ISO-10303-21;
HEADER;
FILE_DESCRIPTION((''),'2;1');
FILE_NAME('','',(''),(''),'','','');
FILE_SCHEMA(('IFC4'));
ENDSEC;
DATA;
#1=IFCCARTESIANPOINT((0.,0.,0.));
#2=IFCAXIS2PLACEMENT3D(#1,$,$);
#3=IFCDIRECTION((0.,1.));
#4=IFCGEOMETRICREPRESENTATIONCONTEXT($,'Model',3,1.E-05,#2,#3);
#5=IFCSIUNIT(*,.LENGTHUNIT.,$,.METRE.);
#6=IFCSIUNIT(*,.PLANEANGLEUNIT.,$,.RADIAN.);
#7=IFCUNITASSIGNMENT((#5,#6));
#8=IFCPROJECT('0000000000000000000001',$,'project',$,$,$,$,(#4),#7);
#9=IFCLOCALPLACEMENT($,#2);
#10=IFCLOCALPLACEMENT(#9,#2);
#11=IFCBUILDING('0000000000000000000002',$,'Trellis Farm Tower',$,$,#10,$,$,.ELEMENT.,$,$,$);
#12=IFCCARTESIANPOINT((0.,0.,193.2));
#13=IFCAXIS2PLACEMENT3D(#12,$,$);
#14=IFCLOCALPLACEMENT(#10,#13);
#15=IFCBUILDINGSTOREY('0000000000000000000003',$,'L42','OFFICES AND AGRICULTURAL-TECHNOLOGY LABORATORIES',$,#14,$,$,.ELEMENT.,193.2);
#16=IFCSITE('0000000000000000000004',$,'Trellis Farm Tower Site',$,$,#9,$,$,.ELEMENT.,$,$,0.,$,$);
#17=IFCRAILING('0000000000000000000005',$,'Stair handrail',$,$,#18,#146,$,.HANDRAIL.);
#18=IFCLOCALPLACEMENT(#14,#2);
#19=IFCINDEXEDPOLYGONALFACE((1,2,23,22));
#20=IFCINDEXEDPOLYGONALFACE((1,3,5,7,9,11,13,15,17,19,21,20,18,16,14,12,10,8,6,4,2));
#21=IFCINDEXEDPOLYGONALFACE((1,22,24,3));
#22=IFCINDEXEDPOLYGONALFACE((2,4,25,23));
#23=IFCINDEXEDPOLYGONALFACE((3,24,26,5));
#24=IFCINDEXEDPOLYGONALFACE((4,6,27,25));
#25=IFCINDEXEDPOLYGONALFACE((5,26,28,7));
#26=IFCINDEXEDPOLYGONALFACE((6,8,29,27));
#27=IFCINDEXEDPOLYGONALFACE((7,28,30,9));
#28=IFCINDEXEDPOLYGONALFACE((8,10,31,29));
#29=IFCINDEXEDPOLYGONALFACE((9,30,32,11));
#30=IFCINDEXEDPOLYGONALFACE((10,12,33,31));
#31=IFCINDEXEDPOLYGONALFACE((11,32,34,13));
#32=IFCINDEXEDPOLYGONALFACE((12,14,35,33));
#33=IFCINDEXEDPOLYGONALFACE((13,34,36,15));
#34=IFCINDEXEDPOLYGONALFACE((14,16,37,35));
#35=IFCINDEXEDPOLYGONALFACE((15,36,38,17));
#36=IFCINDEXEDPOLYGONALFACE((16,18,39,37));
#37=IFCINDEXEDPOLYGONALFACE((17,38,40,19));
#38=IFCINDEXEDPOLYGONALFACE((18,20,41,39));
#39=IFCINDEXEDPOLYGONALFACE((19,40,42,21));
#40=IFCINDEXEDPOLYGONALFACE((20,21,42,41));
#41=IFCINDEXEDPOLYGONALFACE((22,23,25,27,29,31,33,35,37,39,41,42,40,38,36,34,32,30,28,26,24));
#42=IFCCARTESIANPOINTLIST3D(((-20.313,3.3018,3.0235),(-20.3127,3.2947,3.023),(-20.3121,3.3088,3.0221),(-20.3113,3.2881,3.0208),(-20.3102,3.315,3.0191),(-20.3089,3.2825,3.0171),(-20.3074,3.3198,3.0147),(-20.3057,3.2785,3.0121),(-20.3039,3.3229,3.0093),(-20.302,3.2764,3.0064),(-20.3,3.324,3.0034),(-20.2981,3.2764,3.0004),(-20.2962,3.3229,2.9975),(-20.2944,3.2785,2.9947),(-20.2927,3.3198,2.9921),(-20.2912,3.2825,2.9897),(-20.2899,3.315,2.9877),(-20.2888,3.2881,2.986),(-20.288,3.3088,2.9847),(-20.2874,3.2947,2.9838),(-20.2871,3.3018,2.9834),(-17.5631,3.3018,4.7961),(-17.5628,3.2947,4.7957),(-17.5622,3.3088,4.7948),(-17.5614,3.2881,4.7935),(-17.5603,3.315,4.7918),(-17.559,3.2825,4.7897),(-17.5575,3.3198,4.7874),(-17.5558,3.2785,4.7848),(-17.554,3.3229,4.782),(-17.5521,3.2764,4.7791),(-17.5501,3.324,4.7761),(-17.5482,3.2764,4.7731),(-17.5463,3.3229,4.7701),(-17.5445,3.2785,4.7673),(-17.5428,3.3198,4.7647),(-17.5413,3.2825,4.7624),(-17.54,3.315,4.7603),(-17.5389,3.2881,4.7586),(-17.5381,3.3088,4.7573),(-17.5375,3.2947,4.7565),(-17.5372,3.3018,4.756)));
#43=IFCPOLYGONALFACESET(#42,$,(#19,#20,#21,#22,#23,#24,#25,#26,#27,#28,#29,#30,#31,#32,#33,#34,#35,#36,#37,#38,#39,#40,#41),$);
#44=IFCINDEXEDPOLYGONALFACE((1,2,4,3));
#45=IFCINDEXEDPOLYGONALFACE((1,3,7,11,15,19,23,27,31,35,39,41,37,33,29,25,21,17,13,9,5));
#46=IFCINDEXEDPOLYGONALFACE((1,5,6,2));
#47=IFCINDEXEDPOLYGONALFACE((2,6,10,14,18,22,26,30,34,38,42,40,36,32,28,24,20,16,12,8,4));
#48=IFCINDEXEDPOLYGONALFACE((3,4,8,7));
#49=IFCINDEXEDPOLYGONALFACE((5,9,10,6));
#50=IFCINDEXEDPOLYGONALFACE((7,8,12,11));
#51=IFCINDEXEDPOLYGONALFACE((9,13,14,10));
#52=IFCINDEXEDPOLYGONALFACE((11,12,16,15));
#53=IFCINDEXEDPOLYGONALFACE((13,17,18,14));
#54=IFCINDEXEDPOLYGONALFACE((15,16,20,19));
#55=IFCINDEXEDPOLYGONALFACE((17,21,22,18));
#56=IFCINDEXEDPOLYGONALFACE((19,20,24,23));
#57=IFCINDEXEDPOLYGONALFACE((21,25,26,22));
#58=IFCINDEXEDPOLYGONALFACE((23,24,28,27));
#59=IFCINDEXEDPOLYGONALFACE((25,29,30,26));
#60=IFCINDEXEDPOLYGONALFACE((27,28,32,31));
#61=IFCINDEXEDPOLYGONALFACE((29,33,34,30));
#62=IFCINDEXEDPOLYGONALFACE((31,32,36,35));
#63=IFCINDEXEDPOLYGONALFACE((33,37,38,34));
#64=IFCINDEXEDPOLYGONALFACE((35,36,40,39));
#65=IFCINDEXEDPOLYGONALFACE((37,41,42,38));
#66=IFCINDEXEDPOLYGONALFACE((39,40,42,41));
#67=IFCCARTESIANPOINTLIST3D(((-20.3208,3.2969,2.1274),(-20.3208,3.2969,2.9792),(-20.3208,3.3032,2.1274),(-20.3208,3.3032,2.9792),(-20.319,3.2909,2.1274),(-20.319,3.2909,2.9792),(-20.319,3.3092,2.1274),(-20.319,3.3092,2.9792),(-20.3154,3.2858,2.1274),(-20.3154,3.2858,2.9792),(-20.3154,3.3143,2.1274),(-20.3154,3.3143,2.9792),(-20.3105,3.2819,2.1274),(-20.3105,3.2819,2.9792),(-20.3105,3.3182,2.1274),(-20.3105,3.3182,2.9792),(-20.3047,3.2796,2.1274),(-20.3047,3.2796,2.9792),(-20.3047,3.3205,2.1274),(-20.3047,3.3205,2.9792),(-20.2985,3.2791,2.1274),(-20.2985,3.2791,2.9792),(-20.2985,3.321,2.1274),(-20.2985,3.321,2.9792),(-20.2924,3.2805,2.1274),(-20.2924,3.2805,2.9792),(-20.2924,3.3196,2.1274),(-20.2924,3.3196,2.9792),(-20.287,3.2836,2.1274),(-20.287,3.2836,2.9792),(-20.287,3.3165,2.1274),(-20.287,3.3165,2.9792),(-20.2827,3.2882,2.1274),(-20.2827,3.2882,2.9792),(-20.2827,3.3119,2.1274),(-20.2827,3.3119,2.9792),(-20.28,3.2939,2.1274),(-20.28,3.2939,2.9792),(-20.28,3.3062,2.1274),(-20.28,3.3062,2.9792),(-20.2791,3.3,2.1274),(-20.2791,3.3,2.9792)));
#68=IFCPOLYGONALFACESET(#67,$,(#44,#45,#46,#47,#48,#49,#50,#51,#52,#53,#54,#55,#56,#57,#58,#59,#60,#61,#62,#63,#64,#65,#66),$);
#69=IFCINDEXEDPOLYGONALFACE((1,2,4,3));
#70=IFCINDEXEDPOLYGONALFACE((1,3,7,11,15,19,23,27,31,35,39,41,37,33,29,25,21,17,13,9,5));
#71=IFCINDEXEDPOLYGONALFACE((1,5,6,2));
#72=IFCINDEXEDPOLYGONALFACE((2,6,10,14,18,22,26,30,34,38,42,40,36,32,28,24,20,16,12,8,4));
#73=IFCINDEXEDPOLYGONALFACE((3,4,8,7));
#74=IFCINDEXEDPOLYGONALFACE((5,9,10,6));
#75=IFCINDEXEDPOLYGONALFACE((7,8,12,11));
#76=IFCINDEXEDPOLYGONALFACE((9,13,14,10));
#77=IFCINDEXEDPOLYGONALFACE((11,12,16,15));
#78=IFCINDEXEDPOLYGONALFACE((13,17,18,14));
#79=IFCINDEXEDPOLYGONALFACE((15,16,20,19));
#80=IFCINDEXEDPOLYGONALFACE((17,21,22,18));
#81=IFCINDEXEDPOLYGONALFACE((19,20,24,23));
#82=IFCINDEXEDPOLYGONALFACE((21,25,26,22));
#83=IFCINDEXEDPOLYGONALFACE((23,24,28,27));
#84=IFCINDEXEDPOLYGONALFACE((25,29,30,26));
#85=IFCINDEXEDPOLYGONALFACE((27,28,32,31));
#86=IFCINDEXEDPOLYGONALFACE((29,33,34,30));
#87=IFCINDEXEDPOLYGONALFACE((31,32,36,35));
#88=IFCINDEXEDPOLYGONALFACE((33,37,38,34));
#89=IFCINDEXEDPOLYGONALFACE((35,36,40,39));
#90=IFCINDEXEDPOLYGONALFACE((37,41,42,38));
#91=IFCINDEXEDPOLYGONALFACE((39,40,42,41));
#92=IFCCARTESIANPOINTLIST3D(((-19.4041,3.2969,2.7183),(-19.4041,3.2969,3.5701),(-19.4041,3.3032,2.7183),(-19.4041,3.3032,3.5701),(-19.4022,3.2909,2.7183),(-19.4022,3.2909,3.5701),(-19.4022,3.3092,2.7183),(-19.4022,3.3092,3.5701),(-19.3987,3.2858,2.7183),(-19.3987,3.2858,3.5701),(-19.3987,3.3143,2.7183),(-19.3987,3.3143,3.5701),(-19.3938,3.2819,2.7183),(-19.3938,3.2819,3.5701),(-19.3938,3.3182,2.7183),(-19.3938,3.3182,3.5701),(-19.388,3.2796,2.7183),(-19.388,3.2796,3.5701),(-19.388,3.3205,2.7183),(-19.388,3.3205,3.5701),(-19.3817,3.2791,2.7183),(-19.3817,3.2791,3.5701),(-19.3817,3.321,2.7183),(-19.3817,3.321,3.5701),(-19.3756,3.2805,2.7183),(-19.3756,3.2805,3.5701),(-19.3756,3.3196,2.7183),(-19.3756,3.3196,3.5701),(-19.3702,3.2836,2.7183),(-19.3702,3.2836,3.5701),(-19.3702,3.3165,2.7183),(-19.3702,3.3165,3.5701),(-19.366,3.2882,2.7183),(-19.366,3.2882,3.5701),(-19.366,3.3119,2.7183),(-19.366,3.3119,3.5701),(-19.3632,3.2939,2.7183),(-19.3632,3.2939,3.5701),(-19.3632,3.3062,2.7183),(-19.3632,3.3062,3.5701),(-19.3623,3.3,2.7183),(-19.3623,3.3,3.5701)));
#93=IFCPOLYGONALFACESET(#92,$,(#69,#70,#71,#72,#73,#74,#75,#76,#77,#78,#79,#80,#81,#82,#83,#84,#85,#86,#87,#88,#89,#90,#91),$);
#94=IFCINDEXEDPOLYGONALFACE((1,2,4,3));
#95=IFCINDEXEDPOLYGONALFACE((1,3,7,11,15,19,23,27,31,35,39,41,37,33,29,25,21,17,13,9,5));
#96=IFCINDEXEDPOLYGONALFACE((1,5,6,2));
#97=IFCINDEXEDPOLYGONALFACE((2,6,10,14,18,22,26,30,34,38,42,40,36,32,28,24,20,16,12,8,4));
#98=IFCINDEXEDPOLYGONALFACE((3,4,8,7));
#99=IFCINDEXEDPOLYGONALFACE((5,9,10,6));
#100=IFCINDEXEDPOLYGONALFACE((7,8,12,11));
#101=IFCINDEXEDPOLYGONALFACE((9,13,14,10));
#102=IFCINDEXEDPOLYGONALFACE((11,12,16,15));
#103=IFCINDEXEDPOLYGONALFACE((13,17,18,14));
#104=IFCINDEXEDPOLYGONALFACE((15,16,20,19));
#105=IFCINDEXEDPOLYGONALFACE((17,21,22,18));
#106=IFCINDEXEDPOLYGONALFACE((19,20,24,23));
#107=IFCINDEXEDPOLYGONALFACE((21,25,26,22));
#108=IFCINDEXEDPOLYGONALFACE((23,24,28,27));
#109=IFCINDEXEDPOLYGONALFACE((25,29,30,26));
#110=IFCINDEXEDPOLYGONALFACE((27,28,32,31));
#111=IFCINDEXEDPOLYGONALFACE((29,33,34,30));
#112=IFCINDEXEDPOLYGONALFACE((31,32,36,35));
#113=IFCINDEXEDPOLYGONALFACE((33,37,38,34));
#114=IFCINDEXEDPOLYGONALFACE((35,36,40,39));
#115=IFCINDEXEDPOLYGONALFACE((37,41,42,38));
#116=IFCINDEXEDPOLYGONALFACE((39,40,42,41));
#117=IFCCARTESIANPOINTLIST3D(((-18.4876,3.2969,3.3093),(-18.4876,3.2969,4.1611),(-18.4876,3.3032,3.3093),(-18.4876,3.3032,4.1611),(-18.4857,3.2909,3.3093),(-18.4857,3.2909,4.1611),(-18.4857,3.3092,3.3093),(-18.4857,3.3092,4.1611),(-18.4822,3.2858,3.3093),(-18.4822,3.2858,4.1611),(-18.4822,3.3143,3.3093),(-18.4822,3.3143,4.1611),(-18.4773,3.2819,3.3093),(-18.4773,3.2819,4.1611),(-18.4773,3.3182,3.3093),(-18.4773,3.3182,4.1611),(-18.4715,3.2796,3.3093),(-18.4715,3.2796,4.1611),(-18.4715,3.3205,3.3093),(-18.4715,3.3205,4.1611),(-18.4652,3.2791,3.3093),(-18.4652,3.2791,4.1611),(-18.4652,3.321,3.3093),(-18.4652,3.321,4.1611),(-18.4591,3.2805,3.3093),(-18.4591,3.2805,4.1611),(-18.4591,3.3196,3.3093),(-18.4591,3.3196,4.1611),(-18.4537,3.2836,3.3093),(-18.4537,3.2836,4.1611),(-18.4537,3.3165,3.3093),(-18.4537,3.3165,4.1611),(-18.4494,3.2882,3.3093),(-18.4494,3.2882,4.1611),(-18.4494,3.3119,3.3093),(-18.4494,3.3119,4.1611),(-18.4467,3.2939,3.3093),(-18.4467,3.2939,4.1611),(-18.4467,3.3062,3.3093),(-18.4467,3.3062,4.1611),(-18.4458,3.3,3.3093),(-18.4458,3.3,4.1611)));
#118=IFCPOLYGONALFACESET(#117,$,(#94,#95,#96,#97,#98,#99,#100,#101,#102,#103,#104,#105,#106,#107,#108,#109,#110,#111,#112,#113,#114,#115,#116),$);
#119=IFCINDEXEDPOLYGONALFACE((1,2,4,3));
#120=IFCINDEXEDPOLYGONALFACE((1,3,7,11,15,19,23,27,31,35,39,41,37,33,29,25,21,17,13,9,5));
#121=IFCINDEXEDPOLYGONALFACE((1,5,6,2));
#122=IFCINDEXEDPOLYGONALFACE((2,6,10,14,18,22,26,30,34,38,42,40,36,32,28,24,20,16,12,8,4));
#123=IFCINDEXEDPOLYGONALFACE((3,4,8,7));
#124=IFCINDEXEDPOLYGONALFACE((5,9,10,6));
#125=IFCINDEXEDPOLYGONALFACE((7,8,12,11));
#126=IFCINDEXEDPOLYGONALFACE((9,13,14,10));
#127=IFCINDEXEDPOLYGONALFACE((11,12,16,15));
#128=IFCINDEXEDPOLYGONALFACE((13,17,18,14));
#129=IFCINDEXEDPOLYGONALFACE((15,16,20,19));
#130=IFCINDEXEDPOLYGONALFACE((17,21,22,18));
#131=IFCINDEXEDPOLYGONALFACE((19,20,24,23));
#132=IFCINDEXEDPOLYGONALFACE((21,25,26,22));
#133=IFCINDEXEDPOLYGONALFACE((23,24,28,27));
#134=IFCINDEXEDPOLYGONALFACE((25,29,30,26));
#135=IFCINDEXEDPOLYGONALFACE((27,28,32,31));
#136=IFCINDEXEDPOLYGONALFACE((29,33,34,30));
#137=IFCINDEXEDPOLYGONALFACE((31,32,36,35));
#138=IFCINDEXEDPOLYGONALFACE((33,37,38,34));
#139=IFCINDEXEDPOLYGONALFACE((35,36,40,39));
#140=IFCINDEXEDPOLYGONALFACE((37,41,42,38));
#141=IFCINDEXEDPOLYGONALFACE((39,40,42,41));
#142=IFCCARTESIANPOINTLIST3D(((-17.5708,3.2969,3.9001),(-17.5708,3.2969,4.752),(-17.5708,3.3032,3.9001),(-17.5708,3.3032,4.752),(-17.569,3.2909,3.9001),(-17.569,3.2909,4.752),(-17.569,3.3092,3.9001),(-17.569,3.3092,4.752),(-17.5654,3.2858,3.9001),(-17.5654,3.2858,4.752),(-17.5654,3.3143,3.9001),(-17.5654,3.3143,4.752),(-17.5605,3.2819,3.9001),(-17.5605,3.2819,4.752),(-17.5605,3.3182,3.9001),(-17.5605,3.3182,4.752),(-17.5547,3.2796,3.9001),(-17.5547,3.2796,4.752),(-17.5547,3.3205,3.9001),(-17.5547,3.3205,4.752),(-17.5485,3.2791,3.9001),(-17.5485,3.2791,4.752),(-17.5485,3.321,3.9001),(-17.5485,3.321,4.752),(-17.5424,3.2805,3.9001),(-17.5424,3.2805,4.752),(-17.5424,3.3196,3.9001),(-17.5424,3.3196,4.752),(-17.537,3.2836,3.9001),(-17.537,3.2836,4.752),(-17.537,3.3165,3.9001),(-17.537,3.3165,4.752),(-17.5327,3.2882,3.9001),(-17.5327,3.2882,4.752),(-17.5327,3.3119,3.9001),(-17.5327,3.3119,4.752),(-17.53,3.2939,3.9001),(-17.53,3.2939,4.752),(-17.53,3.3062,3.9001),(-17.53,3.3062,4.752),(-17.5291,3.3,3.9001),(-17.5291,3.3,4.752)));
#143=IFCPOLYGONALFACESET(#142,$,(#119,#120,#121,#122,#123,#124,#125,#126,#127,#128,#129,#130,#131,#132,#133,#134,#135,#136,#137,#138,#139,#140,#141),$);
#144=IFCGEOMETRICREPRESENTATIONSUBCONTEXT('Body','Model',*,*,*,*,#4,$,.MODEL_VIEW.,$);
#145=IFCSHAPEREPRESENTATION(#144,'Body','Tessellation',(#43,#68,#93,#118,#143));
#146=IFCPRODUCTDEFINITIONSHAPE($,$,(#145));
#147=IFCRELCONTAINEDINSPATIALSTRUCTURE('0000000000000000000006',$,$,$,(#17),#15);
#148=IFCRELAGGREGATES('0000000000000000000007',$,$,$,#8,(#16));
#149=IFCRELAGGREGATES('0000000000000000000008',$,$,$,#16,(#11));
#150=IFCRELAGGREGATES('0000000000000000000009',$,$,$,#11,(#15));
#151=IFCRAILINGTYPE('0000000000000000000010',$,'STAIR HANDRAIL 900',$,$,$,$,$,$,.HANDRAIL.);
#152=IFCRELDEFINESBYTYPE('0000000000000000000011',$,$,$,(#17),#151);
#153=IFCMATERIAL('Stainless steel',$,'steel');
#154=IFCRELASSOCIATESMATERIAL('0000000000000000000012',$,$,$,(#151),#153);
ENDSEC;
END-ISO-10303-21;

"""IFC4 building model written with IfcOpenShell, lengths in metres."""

from ifc_helpers import new_model, si_unit, direction, frame, origin, origin_2d, place, context, subcontext, project, spatial, circle, extrude, source, transform, mapped, material, type_object, element, save


model = new_model("IFC4")

# Units and contexts
model_context = context("Model", 3, precision=1e-05, world=origin(), true_north=direction((0.0, 1.0)))
body_context = subcontext(model_context, "Body", "Model", "MODEL_VIEW")
ifc_project = project(units=[si_unit("LENGTHUNIT", "METRE"), si_unit("PLANEANGLEUNIT", "RADIAN")], contexts=[model_context])

# Site, building, storey
site_placement = place(None, origin())
site = spatial("IfcSite", under=ifc_project, at=site_placement, Name="Trellis Farm Tower Site", CompositionType="ELEMENT", RefElevation=0.0)
building_placement = place(site_placement, origin())
building = spatial("IfcBuilding", under=site, at=building_placement, Name="Trellis Farm Tower", CompositionType="ELEMENT")
storey_placement = place(building_placement, frame((0.0, 0.0, 193.2)))
storey = spatial("IfcBuildingStorey", under=building, at=storey_placement, Name="L42", Description="OFFICES AND AGRICULTURAL-TECHNOLOGY LABORATORIES", CompositionType="ELEMENT", Elevation=193.2)

# Railing
ifc_material_1 = material(Name="Stainless steel", Category="steel")
railing_type = type_object("IfcRailingType", Name="STAIR HANDRAIL 900", PredefinedType="HANDRAIL", material=ifc_material_1)
shared_shape_1 = source(origin(), body_context, "Body", "SweptSolid", [
    extrude(circle(Radius=0.0239, at=origin_2d()), frame((0.0, 0.0, 0.876), z_axis=(0.840504, 0.0, 0.541806), x_axis=(0.0, 1.0, 0.0)), (0.0, 0.0, 1.0), 3.2717),
    extrude(circle(Radius=0.021, at=origin_2d()), origin(), (0.0, 0.0, 1.0), 0.8518),
    extrude(circle(Radius=0.021, at=origin_2d()), frame((0.9167, 0.0, 0.5908)), (0.0, 0.0, 1.0), 0.8518),
    extrude(circle(Radius=0.021, at=origin_2d()), frame((1.8333, 0.0, 1.1819)), (0.0, 0.0, 1.0), 0.8518),
    extrude(circle(Radius=0.021, at=origin_2d()), frame((2.75, 0.0, 1.7727)), (0.0, 0.0, 1.0), 0.8518),
])
for number, where, name in (
    (1, (-20.3, 3.3, 2.1274), "Stair handrail"),
):
    element("IfcRailing", number, at=place(storey_placement, frame(where)), inside=storey, type_object=railing_type, Name=name, PredefinedType="HANDRAIL", context=body_context, shape_type="MappedRepresentation", body=[
        mapped(shared_shape_1, transform((0.0, 0.0, 0.0))),
    ])

save(model, "model.ifc")
